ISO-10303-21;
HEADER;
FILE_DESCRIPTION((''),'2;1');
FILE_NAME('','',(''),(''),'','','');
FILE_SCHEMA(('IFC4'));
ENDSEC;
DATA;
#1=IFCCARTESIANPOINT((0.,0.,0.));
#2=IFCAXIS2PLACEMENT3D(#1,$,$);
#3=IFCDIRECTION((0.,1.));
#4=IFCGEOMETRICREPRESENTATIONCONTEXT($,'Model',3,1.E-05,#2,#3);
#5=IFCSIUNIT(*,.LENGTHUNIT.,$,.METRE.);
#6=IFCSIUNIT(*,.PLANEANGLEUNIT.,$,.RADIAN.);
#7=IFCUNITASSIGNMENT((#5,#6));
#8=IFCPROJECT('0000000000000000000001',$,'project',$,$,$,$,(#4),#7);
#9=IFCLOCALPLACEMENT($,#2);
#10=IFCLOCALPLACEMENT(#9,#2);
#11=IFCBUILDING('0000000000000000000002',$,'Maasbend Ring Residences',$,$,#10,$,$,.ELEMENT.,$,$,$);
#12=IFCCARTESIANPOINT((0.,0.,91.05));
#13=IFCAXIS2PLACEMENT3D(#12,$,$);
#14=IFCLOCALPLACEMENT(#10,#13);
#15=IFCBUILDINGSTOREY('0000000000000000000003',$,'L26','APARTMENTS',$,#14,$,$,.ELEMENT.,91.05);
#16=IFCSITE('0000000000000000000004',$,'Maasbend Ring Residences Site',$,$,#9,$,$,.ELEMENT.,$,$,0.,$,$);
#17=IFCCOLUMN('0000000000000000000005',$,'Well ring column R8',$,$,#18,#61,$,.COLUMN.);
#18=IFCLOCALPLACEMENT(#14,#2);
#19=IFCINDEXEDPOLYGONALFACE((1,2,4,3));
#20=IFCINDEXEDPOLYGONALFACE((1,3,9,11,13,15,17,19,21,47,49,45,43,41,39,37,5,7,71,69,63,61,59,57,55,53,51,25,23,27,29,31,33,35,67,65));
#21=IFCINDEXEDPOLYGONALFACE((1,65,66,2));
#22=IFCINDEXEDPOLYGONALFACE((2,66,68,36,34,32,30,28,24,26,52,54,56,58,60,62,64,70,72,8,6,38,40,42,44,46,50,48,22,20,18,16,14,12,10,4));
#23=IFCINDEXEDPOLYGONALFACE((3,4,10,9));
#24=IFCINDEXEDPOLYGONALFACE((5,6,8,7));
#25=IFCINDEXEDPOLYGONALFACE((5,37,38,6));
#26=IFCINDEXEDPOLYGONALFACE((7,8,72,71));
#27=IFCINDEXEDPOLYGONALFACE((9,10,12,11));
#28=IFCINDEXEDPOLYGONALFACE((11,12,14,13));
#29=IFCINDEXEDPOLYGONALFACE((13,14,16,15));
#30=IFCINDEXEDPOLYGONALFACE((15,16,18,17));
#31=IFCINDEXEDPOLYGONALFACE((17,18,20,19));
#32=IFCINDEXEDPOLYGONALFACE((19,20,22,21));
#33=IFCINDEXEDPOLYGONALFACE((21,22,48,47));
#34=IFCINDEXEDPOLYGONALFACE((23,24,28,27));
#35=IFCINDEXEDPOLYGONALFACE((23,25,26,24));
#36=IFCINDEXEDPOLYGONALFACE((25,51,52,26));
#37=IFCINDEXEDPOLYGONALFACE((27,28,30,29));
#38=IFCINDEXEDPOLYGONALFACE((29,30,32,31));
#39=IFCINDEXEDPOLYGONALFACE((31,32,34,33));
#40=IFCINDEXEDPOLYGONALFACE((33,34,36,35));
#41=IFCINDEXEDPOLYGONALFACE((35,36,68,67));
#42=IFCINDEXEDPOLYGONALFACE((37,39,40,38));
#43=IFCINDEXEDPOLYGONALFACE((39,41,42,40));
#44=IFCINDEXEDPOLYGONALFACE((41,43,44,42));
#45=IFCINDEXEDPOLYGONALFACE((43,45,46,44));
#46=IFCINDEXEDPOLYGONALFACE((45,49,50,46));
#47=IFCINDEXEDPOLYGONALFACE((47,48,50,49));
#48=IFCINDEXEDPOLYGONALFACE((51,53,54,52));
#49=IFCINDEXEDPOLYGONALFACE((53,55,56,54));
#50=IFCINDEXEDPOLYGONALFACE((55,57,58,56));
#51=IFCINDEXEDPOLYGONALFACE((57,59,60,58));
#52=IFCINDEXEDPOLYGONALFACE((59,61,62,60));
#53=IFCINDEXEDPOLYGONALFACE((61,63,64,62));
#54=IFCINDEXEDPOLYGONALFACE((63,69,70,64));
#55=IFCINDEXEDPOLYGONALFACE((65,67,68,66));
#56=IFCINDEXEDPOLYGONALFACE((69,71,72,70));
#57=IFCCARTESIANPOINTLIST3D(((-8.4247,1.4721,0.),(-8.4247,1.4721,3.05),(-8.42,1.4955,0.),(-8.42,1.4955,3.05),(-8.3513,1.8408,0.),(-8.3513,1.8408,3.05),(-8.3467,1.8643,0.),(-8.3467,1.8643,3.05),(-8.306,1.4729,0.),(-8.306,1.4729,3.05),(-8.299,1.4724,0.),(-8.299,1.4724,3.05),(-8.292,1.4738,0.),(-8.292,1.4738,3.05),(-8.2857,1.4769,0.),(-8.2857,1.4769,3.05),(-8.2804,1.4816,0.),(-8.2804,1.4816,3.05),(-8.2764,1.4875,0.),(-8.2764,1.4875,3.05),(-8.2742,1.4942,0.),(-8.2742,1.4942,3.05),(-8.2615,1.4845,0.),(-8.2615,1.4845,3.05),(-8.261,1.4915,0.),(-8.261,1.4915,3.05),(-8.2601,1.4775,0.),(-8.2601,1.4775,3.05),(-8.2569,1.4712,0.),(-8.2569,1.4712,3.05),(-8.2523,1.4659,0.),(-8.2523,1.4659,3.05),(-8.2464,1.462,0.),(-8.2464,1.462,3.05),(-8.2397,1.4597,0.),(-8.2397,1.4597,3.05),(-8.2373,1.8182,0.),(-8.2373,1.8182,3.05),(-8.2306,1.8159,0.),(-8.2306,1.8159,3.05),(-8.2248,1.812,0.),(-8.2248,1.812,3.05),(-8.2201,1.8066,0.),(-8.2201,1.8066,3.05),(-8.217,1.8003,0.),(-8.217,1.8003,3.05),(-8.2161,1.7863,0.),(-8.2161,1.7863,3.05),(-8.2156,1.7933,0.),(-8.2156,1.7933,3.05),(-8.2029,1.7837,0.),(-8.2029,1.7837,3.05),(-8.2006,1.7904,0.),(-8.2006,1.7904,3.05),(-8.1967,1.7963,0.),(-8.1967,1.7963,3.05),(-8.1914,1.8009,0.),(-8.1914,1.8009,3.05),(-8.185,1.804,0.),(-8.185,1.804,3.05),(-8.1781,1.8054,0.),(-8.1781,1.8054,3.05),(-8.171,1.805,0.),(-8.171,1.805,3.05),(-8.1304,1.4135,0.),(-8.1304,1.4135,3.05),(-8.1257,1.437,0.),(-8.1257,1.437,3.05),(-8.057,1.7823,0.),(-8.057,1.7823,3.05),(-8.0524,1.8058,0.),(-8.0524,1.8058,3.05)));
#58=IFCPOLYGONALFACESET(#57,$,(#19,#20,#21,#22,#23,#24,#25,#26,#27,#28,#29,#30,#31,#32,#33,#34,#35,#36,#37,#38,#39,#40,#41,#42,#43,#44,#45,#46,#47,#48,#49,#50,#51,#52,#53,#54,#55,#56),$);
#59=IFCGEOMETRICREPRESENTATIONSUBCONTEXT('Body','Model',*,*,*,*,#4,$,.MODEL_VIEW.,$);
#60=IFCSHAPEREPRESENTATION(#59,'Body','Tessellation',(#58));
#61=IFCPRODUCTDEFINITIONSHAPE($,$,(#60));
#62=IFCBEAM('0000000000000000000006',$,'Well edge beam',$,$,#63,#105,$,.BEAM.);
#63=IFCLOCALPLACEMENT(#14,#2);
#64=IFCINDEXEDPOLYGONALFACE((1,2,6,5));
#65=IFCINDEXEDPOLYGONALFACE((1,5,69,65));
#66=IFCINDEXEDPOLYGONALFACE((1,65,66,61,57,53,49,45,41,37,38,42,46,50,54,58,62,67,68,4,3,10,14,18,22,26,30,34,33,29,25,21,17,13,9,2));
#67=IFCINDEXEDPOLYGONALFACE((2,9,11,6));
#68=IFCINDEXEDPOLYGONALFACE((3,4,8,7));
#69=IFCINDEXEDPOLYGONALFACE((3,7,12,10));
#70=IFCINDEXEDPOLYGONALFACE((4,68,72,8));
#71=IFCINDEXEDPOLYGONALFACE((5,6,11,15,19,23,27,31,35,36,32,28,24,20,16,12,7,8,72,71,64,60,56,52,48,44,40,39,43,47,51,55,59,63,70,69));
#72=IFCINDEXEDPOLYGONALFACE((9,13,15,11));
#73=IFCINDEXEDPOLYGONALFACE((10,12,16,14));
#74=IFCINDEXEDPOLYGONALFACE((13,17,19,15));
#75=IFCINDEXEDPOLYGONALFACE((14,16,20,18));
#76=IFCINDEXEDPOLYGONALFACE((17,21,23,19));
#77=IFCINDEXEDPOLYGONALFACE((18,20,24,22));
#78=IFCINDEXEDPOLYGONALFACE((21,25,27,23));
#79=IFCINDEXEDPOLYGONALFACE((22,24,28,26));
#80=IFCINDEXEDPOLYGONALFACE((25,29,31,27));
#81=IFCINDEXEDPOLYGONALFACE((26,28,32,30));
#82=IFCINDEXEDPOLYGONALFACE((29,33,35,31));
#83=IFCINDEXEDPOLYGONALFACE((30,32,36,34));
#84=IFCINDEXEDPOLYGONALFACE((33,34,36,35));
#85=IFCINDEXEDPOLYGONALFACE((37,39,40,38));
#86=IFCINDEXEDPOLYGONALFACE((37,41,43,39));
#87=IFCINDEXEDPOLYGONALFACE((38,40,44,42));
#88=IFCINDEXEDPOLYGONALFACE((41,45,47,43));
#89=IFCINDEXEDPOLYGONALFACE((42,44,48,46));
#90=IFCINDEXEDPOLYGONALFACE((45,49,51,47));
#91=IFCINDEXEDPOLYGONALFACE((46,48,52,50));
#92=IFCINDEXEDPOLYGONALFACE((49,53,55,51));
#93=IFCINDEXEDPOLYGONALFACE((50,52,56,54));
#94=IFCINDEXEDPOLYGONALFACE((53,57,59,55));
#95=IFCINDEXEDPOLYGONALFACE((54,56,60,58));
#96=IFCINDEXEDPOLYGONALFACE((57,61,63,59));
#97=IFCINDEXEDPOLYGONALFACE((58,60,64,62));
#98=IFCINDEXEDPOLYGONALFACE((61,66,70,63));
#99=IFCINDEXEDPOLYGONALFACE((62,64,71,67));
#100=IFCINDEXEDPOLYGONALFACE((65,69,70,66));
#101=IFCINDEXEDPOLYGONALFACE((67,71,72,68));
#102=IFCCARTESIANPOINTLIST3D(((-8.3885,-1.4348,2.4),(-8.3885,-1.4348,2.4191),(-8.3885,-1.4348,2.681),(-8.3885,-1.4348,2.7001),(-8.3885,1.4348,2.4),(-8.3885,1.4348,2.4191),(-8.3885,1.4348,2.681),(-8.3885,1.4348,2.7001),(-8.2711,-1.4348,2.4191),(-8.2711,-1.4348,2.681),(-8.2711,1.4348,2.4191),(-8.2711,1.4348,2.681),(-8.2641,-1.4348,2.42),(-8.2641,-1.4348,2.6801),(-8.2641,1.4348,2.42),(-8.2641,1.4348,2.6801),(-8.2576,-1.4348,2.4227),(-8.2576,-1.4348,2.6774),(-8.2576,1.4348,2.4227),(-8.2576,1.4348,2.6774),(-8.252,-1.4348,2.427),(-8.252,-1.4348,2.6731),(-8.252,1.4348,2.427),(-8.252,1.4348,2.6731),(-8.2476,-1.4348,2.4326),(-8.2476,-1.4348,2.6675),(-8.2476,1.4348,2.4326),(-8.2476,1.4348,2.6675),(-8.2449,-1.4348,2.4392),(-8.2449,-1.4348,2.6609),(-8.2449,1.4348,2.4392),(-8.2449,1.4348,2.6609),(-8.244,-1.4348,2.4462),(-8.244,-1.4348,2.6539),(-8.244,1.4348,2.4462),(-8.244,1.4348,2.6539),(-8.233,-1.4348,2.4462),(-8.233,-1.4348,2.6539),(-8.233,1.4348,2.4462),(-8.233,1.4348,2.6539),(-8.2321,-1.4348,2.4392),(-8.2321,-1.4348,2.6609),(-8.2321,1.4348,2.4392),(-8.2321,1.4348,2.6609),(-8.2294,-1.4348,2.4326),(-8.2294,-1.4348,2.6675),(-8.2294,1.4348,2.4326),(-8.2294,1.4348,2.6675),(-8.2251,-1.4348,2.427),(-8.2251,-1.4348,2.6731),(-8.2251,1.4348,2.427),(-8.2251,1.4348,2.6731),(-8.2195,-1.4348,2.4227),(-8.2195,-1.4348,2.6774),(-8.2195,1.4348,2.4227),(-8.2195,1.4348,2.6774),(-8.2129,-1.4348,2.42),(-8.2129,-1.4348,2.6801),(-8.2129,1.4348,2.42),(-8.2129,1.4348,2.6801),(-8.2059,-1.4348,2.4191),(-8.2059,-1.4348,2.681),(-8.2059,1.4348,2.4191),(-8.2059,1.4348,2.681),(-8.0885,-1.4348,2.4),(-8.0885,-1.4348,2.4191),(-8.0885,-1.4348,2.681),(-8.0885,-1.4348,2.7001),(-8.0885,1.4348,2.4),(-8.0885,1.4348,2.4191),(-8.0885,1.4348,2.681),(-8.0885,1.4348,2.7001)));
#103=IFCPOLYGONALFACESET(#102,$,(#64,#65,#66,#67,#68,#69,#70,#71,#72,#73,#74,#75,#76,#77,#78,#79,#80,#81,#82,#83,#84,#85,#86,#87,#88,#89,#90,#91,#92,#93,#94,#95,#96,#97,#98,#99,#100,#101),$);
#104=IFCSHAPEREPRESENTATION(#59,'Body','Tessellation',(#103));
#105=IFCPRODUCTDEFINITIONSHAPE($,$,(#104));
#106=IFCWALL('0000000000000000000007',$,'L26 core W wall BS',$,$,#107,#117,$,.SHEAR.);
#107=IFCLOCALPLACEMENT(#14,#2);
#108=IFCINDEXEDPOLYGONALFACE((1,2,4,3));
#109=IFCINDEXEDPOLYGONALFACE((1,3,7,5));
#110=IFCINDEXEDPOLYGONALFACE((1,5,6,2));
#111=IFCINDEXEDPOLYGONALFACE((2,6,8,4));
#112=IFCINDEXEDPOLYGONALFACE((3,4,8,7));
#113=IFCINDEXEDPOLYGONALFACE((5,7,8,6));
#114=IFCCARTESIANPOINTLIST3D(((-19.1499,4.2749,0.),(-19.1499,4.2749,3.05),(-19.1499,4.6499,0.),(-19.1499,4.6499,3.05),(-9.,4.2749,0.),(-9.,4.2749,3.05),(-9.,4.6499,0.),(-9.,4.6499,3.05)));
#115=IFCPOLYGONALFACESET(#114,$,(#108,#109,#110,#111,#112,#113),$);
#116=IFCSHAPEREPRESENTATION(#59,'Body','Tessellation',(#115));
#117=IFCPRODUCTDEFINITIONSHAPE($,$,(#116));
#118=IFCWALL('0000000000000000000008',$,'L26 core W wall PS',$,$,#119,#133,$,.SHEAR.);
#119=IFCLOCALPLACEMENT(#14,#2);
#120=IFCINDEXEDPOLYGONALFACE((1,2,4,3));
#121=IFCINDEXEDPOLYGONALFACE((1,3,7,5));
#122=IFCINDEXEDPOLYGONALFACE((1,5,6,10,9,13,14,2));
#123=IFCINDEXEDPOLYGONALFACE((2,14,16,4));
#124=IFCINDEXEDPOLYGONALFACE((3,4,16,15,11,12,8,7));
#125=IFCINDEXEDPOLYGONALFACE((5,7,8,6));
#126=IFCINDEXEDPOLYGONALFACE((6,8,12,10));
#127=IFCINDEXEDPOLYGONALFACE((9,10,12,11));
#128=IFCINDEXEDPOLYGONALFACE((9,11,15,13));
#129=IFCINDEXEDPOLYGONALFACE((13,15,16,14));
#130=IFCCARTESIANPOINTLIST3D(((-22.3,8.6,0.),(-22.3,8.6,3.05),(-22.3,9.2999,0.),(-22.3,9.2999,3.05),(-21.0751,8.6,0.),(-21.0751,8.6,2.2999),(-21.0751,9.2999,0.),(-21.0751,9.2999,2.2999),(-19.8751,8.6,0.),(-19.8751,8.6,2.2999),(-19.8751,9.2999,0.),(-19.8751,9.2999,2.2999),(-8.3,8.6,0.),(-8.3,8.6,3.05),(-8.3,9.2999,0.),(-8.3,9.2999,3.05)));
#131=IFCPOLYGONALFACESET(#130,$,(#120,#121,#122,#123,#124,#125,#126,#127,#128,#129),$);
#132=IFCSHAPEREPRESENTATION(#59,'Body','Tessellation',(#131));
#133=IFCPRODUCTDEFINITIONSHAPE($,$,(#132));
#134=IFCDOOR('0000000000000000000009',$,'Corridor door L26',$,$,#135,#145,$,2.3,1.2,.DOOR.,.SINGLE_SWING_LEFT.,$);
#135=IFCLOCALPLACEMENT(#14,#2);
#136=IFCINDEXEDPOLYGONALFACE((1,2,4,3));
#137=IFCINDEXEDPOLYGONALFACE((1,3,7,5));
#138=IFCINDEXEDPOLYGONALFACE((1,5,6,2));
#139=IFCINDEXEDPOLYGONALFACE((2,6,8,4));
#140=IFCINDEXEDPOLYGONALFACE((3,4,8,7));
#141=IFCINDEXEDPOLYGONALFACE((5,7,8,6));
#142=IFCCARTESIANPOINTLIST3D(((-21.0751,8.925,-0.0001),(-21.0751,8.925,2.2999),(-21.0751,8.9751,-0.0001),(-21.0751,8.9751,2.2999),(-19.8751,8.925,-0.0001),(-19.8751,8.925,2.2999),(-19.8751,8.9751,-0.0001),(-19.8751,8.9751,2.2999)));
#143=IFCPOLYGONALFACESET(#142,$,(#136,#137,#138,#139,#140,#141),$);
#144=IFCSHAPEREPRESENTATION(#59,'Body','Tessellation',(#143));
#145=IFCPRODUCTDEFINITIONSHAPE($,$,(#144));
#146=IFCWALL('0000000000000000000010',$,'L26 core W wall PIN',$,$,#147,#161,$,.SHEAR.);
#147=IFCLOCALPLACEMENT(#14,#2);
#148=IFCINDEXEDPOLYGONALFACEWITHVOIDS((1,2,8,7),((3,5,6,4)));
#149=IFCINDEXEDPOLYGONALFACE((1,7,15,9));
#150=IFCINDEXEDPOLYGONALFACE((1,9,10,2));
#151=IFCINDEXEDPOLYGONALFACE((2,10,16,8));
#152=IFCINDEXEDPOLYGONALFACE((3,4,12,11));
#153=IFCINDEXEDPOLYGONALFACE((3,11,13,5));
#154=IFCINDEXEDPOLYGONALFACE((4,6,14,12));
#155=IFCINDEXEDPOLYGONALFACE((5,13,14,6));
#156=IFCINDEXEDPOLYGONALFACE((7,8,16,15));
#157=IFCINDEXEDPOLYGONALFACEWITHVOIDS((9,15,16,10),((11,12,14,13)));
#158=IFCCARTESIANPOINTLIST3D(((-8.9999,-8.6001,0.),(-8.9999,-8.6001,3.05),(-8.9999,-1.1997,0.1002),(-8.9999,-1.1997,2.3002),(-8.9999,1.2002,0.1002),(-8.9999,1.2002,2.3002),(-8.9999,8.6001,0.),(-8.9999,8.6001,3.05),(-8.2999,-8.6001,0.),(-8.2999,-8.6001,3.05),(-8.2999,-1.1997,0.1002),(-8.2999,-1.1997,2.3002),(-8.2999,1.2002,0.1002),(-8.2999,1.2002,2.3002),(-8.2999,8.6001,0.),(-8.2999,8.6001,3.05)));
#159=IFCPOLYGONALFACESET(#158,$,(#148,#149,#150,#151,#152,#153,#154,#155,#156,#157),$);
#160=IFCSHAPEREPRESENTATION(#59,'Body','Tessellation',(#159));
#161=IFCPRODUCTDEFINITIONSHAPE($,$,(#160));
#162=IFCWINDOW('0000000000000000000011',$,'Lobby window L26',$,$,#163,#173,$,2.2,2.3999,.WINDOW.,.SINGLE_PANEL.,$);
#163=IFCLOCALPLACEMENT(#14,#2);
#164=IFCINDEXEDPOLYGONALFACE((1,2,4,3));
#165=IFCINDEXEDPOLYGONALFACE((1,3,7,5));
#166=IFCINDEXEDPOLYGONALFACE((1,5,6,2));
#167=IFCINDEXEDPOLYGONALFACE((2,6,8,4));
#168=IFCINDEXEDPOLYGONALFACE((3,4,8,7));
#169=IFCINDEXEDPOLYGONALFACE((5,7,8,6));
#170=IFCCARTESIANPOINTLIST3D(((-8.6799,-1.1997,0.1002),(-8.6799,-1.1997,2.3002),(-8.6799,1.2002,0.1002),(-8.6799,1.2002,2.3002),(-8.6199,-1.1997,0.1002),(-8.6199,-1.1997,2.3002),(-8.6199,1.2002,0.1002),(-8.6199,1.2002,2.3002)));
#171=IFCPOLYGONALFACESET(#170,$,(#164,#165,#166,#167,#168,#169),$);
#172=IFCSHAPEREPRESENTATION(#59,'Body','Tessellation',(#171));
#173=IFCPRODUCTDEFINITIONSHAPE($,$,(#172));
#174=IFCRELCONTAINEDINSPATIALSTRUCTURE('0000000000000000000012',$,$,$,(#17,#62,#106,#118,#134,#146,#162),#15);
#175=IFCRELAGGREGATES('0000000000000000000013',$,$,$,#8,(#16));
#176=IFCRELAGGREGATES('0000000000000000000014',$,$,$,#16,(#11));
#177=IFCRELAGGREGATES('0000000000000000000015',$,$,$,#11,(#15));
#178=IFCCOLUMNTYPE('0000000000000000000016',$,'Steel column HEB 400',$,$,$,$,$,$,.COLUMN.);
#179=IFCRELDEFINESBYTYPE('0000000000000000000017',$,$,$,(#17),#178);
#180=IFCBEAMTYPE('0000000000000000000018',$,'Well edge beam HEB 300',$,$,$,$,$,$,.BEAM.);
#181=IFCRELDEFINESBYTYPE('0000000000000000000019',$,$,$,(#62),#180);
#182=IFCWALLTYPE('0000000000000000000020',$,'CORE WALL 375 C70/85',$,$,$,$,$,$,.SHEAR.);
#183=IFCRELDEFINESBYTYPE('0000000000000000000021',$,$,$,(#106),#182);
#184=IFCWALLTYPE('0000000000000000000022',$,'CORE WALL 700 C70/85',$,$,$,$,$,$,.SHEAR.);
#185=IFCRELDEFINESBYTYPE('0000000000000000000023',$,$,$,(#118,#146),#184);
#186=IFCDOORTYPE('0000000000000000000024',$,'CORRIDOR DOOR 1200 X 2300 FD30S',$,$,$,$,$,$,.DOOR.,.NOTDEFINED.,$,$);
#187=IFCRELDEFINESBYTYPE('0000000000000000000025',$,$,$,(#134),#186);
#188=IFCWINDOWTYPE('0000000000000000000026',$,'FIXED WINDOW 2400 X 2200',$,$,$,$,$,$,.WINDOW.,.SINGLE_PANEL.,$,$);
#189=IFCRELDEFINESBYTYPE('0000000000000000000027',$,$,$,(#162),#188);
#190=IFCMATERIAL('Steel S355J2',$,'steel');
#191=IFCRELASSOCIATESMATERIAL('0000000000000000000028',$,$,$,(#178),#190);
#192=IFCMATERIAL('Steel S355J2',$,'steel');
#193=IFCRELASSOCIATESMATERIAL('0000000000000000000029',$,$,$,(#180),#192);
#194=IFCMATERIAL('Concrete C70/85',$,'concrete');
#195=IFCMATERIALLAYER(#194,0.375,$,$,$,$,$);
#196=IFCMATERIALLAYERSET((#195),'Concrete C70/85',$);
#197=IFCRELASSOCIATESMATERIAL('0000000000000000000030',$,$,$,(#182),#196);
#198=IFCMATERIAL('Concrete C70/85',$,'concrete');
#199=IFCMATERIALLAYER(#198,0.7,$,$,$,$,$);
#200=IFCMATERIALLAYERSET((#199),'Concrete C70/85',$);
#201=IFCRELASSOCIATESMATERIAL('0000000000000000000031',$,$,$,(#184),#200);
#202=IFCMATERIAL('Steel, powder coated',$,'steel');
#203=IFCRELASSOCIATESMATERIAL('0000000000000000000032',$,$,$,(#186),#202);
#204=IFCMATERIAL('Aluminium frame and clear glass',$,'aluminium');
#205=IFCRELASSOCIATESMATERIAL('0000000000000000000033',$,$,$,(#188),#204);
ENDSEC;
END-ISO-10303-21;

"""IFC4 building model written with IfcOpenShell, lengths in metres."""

from ifc_helpers import new_model, si_unit, direction, frame, frame_2d, origin, origin_2d, place, context, subcontext, project, spatial, rectangle, i_section, extrude, material, layer, layer_set, material_profile, profile_set, type_object, element, fill, save


model = new_model("IFC4")

# Units and contexts
model_context = context("Model", 3, precision=1e-05, world=origin(), true_north=direction((0.0, 1.0)))
body_context = subcontext(model_context, "Body", "Model", "MODEL_VIEW")
ifc_project = project(units=[si_unit("LENGTHUNIT", "METRE"), si_unit("PLANEANGLEUNIT", "RADIAN")], contexts=[model_context])

# Site, building, storey
site_placement = place(None, origin())
site = spatial("IfcSite", under=ifc_project, at=site_placement, Name="Maasbend Ring Residences Site", CompositionType="ELEMENT", RefElevation=0.0)
building_placement = place(site_placement, origin())
building = spatial("IfcBuilding", under=site, at=building_placement, Name="Maasbend Ring Residences", CompositionType="ELEMENT")
storey_placement = place(building_placement, frame((0.0, 0.0, 91.05)))
storey = spatial("IfcBuildingStorey", under=building, at=storey_placement, Name="L26", Description="APARTMENTS", CompositionType="ELEMENT", Elevation=91.05)

# Column
ifc_material_1 = material(Name="Steel S355J2", Category="steel")
ifc_material_profile_1 = material_profile(ifc_material_1, i_section(OverallWidth=0.3, OverallDepth=0.3999, WebThickness=0.0134, FlangeThickness=0.0239, FilletRadius=0.0271, at=origin_2d()), Name="HEB 400")
ifc_profile_set_1 = profile_set([ifc_material_profile_1], Name="Steel S355J2")
column_type = type_object("IfcColumnType", Name="Steel column HEB 400", PredefinedType="COLUMN", material=ifc_profile_set_1)
column_placement = place(storey_placement, frame((-8.2385, 1.6389, 0.0), z_axis=(0.0, 0.0, 1.0), x_axis=(-0.980785, 0.19509, 0.0)))
element("IfcColumn", 1, at=column_placement, inside=storey, type_object=column_type, Name="Well ring column R8", PredefinedType="COLUMN", context=body_context, shape_type="SweptSolid", body=[
    extrude(i_section(OverallWidth=0.3, OverallDepth=0.3999, WebThickness=0.0134, FlangeThickness=0.0239, FilletRadius=0.0271, at=origin_2d()), origin(), (0.0, 0.0, 1.0), 3.05),
])

# Beam
ifc_material_2 = material(Name="Steel S355J2", Category="steel")
ifc_material_profile_2 = material_profile(ifc_material_2, i_section(OverallWidth=0.3, OverallDepth=0.3, WebThickness=0.011, FlangeThickness=0.019, FilletRadius=0.0271, at=origin_2d()), Name="HEB 300")
ifc_profile_set_2 = profile_set([ifc_material_profile_2], Name="Steel S355J2")
beam_type = type_object("IfcBeamType", Name="Well edge beam HEB 300", PredefinedType="BEAM", material=ifc_profile_set_2)
beam_placement = place(storey_placement, frame((-8.2385, 1.4348, 2.55), z_axis=(0.0, -1.0, 0.0), x_axis=(1.0, 0.0, 0.0)))
element("IfcBeam", 2, at=beam_placement, inside=storey, type_object=beam_type, Name="Well edge beam", PredefinedType="BEAM", context=body_context, shape_type="SweptSolid", body=[
    extrude(i_section(OverallWidth=0.3, OverallDepth=0.3, WebThickness=0.011, FlangeThickness=0.019, FilletRadius=0.0271, at=origin_2d()), origin(), (0.0, 0.0, 1.0), 2.8696),
])

# Wall
ifc_material_3 = material(Name="Concrete C70/85", Category="concrete")
ifc_layer_1 = layer(ifc_material_3, 0.375)
ifc_layer_set_1 = layer_set([ifc_layer_1], Name="Concrete C70/85")
wall_type_1 = type_object("IfcWallType", Name="CORE WALL 375 C70/85", PredefinedType="SHEAR", material=ifc_layer_set_1)
wall_1_placement = place(storey_placement, frame((-9.0, 4.4624, 0.0), z_axis=(0.0, 0.0, 1.0), x_axis=(-1.0, 0.0, 0.0)))
element("IfcWall", 3, at=wall_1_placement, inside=storey, type_object=wall_type_1, Name="L26 core W wall BS", PredefinedType="SHEAR", context=body_context, shape_type="SweptSolid", body=[
    extrude(rectangle(XDim=10.1499, YDim=0.375, at=frame_2d((5.075, 0.0))), origin(), (0.0, 0.0, 1.0), 3.05),
])

# Wall, opening, door
ifc_material_4 = material(Name="Concrete C70/85", Category="concrete")
ifc_layer_2 = layer(ifc_material_4, 0.7)
ifc_layer_set_2 = layer_set([ifc_layer_2], Name="Concrete C70/85")
wall_type_2 = type_object("IfcWallType", Name="CORE WALL 700 C70/85", PredefinedType="SHEAR", material=ifc_layer_set_2)
wall_2_placement = place(storey_placement, frame((-8.3, 8.95, 0.0), z_axis=(0.0, 0.0, 1.0), x_axis=(-1.0, 0.0, 0.0)))
wall_2 = element("IfcWall", 4, at=wall_2_placement, inside=storey, type_object=wall_type_2, Name="L26 core W wall PS", PredefinedType="SHEAR", context=body_context, shape_type="SweptSolid", body=[
    extrude(rectangle(XDim=14.0, YDim=0.7, at=frame_2d((7.0, 0.0))), origin(), (0.0, 0.0, 1.0), 3.05),
])
opening_1_placement = place(wall_2_placement, frame((11.575, 0.0, 0.0)))
opening_1 = element("IfcOpeningElement", 5, at=opening_1_placement, cuts=wall_2, PredefinedType="OPENING", context=body_context, shape_type="SweptSolid", body=[
    extrude(rectangle(XDim=1.2, YDim=2.3, at=frame_2d((0.6001, 1.1499))), frame((0.0, 0.3599, 0.0), z_axis=(0.0, -1.0, 0.0), x_axis=(1.0, 0.0, 0.0)), (0.0, 0.0, 1.0), 0.72),
])
ifc_material_5 = material(Name="Steel, powder coated", Category="steel")
door_type_1 = type_object("IfcDoorType", Name="CORRIDOR DOOR 1200 X 2300 FD30S", OperationType="NOTDEFINED", PredefinedType="DOOR", material=ifc_material_5)
door_1_placement = place(opening_1_placement, origin())
door_1 = element("IfcDoor", 6, at=door_1_placement, inside=storey, type_object=door_type_1, Name="Corridor door L26", OperationType="SINGLE_SWING_LEFT", OverallHeight=2.3, OverallWidth=1.2, PredefinedType="DOOR", context=body_context, shape_type="SweptSolid", body=[
    extrude(rectangle(XDim=1.2, YDim=2.3, at=frame_2d((0.6001, 1.1499))), frame((0.0, 0.0249, 0.0), z_axis=(0.0, -1.0, 0.0), x_axis=(1.0, 0.0, 0.0)), (0.0, 0.0, 1.0), 0.05),
])
fill(opening_1, door_1)

# Wall, opening, window
wall_3_placement = place(storey_placement, frame((-8.6499, 8.6001, 0.0), z_axis=(0.0, 0.0, 1.0), x_axis=(0.0, -1.0, 0.0)))
wall_3 = element("IfcWall", 7, at=wall_3_placement, inside=storey, type_object=wall_type_2, Name="L26 core W wall PIN", PredefinedType="SHEAR", context=body_context, shape_type="SweptSolid", body=[
    extrude(rectangle(XDim=17.2002, YDim=0.7, at=frame_2d((8.6001, 0.0))), origin(), (0.0, 0.0, 1.0), 3.05),
])
opening_2_placement = place(wall_3_placement, frame((7.3999, 0.0, 0.1001)))
opening_2 = element("IfcOpeningElement", 8, at=opening_2_placement, cuts=wall_3, PredefinedType="OPENING", context=body_context, shape_type="SweptSolid", body=[
    extrude(rectangle(XDim=2.3999, YDim=2.2, at=frame_2d((1.2, 1.1001))), frame((0.0, 0.3599, 0.0), z_axis=(0.0, -1.0, 0.0), x_axis=(1.0, 0.0, 0.0)), (0.0, 0.0, 1.0), 0.72),
])
ifc_material_6 = material(Name="Aluminium frame and clear glass", Category="aluminium")
window_type = type_object("IfcWindowType", Name="FIXED WINDOW 2400 X 2200", PartitioningType="SINGLE_PANEL", PredefinedType="WINDOW", material=ifc_material_6)
window_placement = place(opening_2_placement, origin())
window = element("IfcWindow", 9, at=window_placement, inside=storey, type_object=window_type, Name="Lobby window L26", OverallHeight=2.2, OverallWidth=2.3999, PartitioningType="SINGLE_PANEL", PredefinedType="WINDOW", context=body_context, shape_type="SweptSolid", body=[
    extrude(rectangle(XDim=2.3999, YDim=2.2, at=frame_2d((1.2, 1.1001))), frame((0.0, 0.03, 0.0), z_axis=(0.0, -1.0, 0.0), x_axis=(1.0, 0.0, 0.0)), (0.0, 0.0, 1.0), 0.0601),
])
fill(opening_2, window)

save(model, "model.ifc")
